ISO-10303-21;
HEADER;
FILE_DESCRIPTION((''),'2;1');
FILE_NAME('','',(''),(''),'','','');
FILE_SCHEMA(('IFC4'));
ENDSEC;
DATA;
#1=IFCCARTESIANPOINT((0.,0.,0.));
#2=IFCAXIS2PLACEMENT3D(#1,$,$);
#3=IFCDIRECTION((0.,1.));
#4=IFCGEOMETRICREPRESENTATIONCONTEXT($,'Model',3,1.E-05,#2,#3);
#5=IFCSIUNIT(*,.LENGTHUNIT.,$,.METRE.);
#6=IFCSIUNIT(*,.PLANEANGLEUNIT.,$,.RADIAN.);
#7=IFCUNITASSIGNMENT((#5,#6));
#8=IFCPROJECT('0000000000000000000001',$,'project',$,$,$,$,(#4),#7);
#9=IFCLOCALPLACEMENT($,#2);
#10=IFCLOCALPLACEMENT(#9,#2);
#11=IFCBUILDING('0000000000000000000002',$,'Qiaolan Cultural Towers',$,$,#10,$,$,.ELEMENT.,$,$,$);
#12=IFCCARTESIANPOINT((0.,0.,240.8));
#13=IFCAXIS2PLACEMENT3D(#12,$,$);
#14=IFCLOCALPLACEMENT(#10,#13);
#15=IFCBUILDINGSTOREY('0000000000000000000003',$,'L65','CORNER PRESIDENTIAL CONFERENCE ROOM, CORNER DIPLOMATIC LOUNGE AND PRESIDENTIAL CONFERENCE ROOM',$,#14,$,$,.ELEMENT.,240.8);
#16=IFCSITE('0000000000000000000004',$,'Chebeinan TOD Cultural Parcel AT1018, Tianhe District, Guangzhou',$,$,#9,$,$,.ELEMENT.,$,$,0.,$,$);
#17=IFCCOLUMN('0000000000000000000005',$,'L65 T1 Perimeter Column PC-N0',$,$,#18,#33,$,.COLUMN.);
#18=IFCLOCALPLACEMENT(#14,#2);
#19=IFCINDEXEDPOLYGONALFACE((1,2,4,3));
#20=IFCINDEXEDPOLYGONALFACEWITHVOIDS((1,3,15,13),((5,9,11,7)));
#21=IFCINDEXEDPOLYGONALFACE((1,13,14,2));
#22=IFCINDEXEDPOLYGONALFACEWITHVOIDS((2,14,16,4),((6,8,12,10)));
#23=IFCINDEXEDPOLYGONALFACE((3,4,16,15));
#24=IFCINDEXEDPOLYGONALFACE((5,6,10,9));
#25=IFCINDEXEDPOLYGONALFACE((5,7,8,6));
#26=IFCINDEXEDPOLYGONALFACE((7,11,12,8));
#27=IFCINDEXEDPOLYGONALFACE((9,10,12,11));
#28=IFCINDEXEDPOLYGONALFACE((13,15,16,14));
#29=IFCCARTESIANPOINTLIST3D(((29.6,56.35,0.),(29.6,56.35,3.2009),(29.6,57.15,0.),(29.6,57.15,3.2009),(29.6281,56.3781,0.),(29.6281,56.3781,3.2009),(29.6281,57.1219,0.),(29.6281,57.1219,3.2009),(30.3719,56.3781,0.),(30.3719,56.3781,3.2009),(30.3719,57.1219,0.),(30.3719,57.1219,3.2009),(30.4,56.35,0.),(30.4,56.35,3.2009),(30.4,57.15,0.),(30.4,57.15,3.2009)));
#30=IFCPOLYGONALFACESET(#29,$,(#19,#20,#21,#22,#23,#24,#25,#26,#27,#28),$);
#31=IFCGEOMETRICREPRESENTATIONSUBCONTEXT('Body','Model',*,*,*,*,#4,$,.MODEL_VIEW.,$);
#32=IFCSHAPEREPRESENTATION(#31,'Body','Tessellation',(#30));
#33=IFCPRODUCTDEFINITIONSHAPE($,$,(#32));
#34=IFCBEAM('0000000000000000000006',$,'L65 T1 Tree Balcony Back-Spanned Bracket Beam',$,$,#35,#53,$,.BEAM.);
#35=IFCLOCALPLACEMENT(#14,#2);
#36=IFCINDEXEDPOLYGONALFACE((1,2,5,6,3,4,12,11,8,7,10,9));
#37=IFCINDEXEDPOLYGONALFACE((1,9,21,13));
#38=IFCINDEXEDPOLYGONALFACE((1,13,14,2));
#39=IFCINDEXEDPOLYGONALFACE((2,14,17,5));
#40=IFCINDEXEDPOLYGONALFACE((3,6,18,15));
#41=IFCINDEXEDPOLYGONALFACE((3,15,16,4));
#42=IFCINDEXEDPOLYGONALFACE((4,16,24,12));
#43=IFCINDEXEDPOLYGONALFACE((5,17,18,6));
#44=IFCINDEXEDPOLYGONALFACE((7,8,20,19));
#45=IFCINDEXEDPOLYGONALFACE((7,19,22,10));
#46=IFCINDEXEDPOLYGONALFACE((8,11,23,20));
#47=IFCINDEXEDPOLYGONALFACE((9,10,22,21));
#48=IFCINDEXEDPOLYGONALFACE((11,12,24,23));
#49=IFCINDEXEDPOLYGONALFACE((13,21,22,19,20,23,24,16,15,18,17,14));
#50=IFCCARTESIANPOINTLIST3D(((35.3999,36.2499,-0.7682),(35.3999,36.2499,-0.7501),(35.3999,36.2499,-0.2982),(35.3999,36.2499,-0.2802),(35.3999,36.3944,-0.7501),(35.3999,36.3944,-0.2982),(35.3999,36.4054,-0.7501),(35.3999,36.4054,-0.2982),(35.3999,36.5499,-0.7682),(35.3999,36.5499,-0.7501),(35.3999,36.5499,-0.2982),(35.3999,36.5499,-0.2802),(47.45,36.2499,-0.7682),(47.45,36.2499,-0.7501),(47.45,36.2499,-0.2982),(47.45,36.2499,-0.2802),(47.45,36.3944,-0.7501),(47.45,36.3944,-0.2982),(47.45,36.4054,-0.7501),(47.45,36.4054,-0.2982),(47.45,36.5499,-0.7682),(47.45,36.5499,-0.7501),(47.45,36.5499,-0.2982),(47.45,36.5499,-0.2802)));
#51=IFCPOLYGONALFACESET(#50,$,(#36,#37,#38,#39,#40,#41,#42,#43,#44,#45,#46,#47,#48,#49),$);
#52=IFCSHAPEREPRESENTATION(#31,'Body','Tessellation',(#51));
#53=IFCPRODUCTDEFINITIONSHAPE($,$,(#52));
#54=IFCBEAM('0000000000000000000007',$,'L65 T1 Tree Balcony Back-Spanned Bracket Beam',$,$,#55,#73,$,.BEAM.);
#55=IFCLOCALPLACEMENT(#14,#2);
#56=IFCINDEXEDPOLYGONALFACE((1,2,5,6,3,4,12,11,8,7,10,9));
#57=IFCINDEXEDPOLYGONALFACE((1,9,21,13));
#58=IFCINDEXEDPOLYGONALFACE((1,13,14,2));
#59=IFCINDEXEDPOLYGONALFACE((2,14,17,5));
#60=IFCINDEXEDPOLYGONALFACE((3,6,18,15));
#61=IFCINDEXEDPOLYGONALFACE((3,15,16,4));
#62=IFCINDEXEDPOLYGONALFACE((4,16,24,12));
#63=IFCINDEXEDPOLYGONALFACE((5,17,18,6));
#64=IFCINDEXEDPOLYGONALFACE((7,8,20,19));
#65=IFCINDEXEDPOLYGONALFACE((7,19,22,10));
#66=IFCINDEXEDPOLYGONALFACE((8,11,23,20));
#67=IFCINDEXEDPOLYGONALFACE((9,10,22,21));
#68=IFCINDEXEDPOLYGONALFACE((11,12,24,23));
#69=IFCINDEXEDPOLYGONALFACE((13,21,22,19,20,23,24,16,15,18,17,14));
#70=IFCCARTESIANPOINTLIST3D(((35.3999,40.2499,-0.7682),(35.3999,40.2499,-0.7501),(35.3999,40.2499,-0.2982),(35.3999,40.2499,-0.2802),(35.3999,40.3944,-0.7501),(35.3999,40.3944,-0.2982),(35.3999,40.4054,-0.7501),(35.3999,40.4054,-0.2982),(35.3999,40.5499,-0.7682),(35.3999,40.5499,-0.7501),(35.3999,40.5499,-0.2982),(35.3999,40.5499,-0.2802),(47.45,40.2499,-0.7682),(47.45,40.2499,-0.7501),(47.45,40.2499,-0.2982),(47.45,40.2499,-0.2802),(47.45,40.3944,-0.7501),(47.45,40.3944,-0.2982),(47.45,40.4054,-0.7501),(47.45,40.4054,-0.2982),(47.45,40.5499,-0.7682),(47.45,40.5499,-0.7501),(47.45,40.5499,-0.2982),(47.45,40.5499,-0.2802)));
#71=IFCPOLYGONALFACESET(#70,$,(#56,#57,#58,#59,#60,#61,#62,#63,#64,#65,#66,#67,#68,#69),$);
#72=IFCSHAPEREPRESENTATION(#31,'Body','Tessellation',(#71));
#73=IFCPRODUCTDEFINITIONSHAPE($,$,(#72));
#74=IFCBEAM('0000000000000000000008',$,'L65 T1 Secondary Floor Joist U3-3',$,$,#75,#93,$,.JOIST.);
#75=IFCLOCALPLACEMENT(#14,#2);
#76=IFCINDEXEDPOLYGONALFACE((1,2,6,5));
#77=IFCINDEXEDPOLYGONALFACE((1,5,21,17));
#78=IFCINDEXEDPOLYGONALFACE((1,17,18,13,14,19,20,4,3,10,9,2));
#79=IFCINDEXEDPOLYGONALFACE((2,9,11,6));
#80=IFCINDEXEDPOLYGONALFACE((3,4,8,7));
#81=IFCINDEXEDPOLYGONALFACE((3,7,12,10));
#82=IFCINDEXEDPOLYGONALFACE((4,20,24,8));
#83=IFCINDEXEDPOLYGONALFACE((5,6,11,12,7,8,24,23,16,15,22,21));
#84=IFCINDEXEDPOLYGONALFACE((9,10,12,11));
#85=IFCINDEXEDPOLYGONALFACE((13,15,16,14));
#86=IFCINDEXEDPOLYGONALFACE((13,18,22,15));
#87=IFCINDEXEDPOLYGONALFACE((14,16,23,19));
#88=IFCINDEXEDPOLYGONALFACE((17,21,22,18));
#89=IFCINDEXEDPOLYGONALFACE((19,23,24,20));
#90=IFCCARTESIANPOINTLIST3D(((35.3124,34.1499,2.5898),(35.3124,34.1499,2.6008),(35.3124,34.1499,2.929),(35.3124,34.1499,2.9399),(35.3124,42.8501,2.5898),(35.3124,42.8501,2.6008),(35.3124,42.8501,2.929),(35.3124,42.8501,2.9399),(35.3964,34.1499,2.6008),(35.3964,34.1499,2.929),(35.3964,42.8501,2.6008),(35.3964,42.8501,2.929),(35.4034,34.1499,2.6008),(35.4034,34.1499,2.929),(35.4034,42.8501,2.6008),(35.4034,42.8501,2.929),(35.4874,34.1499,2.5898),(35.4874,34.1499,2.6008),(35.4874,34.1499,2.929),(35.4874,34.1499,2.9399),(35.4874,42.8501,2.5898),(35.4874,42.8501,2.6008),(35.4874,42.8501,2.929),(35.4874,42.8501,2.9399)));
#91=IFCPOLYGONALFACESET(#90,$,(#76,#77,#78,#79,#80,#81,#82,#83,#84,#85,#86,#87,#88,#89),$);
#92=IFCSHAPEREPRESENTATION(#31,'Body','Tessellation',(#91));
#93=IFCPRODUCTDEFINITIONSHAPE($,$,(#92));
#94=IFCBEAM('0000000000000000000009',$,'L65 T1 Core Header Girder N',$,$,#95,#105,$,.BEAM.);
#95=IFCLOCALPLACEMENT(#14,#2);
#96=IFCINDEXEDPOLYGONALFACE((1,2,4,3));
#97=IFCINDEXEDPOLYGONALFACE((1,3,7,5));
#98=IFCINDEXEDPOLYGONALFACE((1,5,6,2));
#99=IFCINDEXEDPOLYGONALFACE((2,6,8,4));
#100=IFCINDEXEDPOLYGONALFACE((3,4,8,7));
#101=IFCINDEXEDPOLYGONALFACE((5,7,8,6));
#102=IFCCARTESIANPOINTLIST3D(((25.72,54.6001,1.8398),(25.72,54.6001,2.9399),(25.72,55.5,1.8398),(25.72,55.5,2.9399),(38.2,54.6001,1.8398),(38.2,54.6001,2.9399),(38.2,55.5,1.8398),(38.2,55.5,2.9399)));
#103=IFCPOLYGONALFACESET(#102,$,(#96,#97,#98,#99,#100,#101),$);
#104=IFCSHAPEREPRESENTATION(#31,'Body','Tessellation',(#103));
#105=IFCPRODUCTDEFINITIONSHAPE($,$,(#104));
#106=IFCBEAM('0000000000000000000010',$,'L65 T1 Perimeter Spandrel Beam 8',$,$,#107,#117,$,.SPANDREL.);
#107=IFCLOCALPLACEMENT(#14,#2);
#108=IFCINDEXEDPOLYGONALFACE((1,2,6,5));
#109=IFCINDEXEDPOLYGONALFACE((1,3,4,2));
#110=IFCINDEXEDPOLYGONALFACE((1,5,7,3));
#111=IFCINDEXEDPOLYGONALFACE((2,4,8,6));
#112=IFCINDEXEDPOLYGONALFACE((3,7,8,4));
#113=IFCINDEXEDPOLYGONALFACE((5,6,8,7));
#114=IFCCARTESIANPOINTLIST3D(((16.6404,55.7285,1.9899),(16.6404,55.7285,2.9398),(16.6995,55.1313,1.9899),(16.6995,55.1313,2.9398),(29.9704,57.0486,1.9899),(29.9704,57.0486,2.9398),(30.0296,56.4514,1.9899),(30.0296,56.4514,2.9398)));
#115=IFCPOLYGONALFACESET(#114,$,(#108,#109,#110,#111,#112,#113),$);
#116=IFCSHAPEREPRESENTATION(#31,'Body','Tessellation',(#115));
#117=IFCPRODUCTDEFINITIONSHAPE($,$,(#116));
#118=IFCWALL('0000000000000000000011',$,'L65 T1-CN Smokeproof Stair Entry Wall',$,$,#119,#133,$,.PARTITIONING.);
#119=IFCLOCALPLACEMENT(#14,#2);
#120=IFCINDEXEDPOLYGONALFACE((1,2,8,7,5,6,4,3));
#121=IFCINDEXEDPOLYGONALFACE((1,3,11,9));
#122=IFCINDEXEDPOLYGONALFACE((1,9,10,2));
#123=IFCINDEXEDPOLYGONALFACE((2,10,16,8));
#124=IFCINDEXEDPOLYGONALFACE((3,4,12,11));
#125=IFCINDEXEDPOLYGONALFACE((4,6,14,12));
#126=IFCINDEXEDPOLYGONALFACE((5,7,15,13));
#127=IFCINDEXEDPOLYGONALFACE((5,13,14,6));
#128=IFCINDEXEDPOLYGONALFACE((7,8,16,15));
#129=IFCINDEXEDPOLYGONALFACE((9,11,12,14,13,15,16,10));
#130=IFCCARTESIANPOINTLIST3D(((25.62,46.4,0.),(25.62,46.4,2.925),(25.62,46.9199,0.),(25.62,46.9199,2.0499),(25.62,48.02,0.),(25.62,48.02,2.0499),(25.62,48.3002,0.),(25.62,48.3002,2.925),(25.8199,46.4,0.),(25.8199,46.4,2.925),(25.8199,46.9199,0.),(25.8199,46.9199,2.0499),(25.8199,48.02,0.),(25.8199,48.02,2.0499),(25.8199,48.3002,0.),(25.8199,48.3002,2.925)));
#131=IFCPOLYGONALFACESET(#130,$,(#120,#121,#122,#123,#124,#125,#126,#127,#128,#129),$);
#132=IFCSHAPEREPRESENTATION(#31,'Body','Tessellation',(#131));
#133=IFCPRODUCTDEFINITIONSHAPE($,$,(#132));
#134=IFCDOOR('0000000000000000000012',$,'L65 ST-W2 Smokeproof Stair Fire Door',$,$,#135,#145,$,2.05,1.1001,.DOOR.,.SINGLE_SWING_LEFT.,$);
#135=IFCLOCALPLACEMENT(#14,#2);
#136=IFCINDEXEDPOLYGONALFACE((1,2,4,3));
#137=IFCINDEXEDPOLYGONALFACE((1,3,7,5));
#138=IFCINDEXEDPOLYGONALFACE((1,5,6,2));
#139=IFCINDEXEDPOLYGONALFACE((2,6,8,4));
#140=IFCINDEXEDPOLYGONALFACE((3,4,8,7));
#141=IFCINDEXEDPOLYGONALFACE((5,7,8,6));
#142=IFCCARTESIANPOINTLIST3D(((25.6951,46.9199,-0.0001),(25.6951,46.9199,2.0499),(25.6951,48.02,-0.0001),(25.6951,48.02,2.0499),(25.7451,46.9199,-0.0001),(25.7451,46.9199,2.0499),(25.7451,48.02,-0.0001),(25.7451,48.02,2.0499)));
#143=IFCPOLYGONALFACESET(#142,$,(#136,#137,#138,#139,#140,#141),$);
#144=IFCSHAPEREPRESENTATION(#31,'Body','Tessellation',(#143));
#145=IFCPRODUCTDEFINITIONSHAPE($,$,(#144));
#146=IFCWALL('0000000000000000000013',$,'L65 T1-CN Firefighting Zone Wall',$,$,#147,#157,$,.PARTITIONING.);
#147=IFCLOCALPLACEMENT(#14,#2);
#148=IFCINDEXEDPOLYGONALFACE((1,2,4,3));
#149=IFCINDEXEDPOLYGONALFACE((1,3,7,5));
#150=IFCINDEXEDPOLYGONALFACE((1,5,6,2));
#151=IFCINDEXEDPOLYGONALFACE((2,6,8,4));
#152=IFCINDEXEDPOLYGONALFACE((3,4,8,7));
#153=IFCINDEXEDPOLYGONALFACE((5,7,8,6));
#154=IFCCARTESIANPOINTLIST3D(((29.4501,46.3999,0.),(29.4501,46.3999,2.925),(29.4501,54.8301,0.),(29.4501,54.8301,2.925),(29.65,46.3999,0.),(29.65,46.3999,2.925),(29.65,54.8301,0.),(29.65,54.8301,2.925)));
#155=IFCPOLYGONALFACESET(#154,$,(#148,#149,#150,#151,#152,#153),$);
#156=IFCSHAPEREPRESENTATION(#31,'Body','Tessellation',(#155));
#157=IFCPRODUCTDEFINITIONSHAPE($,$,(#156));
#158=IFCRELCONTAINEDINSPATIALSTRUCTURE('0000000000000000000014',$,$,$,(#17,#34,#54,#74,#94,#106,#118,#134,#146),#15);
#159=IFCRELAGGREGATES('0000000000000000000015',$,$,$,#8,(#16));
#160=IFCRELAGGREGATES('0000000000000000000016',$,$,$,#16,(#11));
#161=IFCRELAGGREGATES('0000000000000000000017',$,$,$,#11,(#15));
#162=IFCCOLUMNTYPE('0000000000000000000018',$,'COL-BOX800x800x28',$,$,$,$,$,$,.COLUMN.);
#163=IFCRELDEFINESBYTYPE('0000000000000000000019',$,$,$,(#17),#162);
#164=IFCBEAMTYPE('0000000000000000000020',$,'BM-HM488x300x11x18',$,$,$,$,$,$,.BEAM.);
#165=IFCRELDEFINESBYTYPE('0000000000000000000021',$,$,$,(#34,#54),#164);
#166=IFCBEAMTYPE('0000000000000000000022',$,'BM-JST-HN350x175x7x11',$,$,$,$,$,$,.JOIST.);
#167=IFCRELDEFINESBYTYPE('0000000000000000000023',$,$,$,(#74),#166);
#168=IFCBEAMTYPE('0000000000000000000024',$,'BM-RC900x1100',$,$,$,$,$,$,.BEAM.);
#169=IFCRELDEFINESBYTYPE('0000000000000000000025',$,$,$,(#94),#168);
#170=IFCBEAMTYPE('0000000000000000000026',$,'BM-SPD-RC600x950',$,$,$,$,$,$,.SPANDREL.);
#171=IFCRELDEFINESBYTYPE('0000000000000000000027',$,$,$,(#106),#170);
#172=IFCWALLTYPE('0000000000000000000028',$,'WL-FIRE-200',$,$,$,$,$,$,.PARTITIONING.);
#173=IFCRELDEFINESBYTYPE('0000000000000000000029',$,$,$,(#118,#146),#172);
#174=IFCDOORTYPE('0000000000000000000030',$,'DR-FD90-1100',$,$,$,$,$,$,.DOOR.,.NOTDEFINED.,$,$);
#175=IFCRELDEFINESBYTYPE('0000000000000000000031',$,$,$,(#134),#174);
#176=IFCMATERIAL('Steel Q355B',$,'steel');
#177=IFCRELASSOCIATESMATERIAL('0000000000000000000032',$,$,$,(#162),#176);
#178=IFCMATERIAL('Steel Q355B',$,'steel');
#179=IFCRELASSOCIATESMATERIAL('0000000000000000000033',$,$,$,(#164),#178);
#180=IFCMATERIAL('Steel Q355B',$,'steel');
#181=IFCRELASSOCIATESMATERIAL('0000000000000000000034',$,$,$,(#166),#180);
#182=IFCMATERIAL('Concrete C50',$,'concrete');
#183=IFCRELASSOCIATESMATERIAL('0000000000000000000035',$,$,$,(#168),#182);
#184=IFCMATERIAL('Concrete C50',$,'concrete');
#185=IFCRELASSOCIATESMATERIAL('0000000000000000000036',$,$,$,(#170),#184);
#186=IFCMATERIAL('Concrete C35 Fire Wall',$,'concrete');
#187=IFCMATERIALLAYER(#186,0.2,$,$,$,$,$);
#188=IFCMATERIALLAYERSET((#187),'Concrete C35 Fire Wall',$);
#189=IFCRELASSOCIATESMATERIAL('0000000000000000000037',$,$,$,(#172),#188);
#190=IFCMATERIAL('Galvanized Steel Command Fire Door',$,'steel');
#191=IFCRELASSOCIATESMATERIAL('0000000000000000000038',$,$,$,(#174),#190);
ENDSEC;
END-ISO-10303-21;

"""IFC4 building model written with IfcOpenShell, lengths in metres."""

from ifc_helpers import new_model, si_unit, direction, frame, frame_2d, origin, origin_2d, place, context, subcontext, project, spatial, rectangle, hollow_rectangle, i_section, extrude, material, layer, layer_set, material_profile, profile_set, type_object, element, fill, save


model = new_model("IFC4")

# Units and contexts
model_context = context("Model", 3, precision=1e-05, world=origin(), true_north=direction((0.0, 1.0)))
body_context = subcontext(model_context, "Body", "Model", "MODEL_VIEW")
ifc_project = project(units=[si_unit("LENGTHUNIT", "METRE"), si_unit("PLANEANGLEUNIT", "RADIAN")], contexts=[model_context])

# Site, building, storey
site_placement = place(None, origin())
site = spatial("IfcSite", under=ifc_project, at=site_placement, Name="Chebeinan TOD Cultural Parcel AT1018, Tianhe District, Guangzhou", CompositionType="ELEMENT", RefElevation=0.0)
building_placement = place(site_placement, origin())
building = spatial("IfcBuilding", under=site, at=building_placement, Name="Qiaolan Cultural Towers", CompositionType="ELEMENT")
storey_placement = place(building_placement, frame((0.0, 0.0, 240.8)))
storey = spatial("IfcBuildingStorey", under=building, at=storey_placement, Name="L65", Description="CORNER PRESIDENTIAL CONFERENCE ROOM, CORNER DIPLOMATIC LOUNGE AND PRESIDENTIAL CONFERENCE ROOM", CompositionType="ELEMENT", Elevation=240.8)

# Column
ifc_material_1 = material(Name="Steel Q355B", Category="steel")
ifc_material_profile_1 = material_profile(ifc_material_1, hollow_rectangle(XDim=0.8, YDim=0.8, WallThickness=0.0281, at=origin_2d()), Name="BOX800x800x28")
ifc_profile_set_1 = profile_set([ifc_material_profile_1], Name="Steel Q355B")
column_type = type_object("IfcColumnType", Name="COL-BOX800x800x28", PredefinedType="COLUMN", material=ifc_profile_set_1)
column_placement = place(storey_placement, frame((30.0, 56.75, 0.0), z_axis=(0.0, 0.0, 1.0), x_axis=(1.0, 0.0, 0.0)))
element("IfcColumn", 1, at=column_placement, inside=storey, type_object=column_type, Name="L65 T1 Perimeter Column PC-N0", PredefinedType="COLUMN", context=body_context, shape_type="SweptSolid", body=[
    extrude(hollow_rectangle(XDim=0.8, YDim=0.8, WallThickness=0.0281, at=origin_2d()), origin(), (0.0, 0.0, 1.0), 3.2009),
])

# Beams
ifc_material_2 = material(Name="Steel Q355B", Category="steel")
ifc_material_profile_2 = material_profile(ifc_material_2, i_section(OverallWidth=0.3, OverallDepth=0.488, WebThickness=0.011, FlangeThickness=0.0181, at=origin_2d()), Name="HM488x300x11x18")
ifc_profile_set_2 = profile_set([ifc_material_profile_2], Name="Steel Q355B")
beam_type_1 = type_object("IfcBeamType", Name="BM-HM488x300x11x18", PredefinedType="BEAM", material=ifc_profile_set_2)
for number, where, z_axis, x_axis, name in (
    (2, (35.3999, 36.3999, -0.5242), (1.0, 0.0, 0.0), (0.0, 1.0, 0.0), "L65 T1 Tree Balcony Back-Spanned Bracket Beam"),
    (3, (35.3999, 40.3999, -0.5242), (1.0, 0.0, 0.0), (0.0, 1.0, 0.0), "L65 T1 Tree Balcony Back-Spanned Bracket Beam"),
):
    element("IfcBeam", number, at=place(storey_placement, frame(where, z_axis=z_axis, x_axis=x_axis)), inside=storey, type_object=beam_type_1, Name=name, PredefinedType="BEAM", context=body_context, shape_type="SweptSolid", body=[
        extrude(i_section(OverallWidth=0.3, OverallDepth=0.488, WebThickness=0.011, FlangeThickness=0.0181, at=origin_2d()), origin(), (0.0, 0.0, 1.0), 12.05),
    ])
ifc_material_3 = material(Name="Steel Q355B", Category="steel")
ifc_material_profile_3 = material_profile(ifc_material_3, i_section(OverallWidth=0.175, OverallDepth=0.3501, WebThickness=0.0071, FlangeThickness=0.011, at=origin_2d()), Name="HN350x175x7x11")
ifc_profile_set_3 = profile_set([ifc_material_profile_3], Name="Steel Q355B")
beam_type_2 = type_object("IfcBeamType", Name="BM-JST-HN350x175x7x11", PredefinedType="JOIST", material=ifc_profile_set_3)
beam_1_placement = place(storey_placement, frame((35.3999, 34.1499, 2.7649), z_axis=(0.0, 1.0, 0.0), x_axis=(-1.0, 0.0, 0.0)))
element("IfcBeam", 4, at=beam_1_placement, inside=storey, type_object=beam_type_2, Name="L65 T1 Secondary Floor Joist U3-3", PredefinedType="JOIST", context=body_context, shape_type="SweptSolid", body=[
    extrude(i_section(OverallWidth=0.175, OverallDepth=0.3501, WebThickness=0.0071, FlangeThickness=0.011, at=origin_2d()), origin(), (0.0, 0.0, 1.0), 8.7002),
])
ifc_material_4 = material(Name="Concrete C50", Category="concrete")
ifc_material_profile_4 = material_profile(ifc_material_4, rectangle(XDim=0.8999, YDim=1.1001, at=origin_2d()), Name="RC900x1100")
ifc_profile_set_4 = profile_set([ifc_material_profile_4], Name="Concrete C50")
beam_type_3 = type_object("IfcBeamType", Name="BM-RC900x1100", PredefinedType="BEAM", material=ifc_profile_set_4)
beam_2_placement = place(storey_placement, frame((25.72, 55.05, 2.3899), z_axis=(1.0, 0.0, 0.0), x_axis=(0.0, 1.0, 0.0)))
element("IfcBeam", 5, at=beam_2_placement, inside=storey, type_object=beam_type_3, Name="L65 T1 Core Header Girder N", PredefinedType="BEAM", context=body_context, shape_type="SweptSolid", body=[
    extrude(rectangle(XDim=0.8999, YDim=1.1001, at=origin_2d()), origin(), (0.0, 0.0, 1.0), 12.48),
])
ifc_material_5 = material(Name="Concrete C50", Category="concrete")
ifc_material_profile_5 = material_profile(ifc_material_5, rectangle(XDim=0.6001, YDim=0.95, at=origin_2d()), Name="RC600x950")
ifc_profile_set_5 = profile_set([ifc_material_profile_5], Name="Concrete C50")
beam_type_4 = type_object("IfcBeamType", Name="BM-SPD-RC600x950", PredefinedType="SPANDREL", material=ifc_profile_set_5)
beam_3_placement = place(storey_placement, frame((30.0, 56.75, 2.4648), z_axis=(-0.995132, -0.098547, 0.0), x_axis=(0.098547, -0.995132, 0.0)))
element("IfcBeam", 6, at=beam_3_placement, inside=storey, type_object=beam_type_4, Name="L65 T1 Perimeter Spandrel Beam 8", PredefinedType="SPANDREL", context=body_context, shape_type="SweptSolid", body=[
    extrude(rectangle(XDim=0.6001, YDim=0.95, at=origin_2d()), origin(), (0.0, 0.0, 1.0), 13.3953),
])

# Wall, opening, door
ifc_material_6 = material(Name="Concrete C35 Fire Wall", Category="concrete")
ifc_layer_1 = layer(ifc_material_6, 0.2)
ifc_layer_set_1 = layer_set([ifc_layer_1], Name="Concrete C35 Fire Wall")
wall_type_1 = type_object("IfcWallType", Name="WL-FIRE-200", PredefinedType="PARTITIONING", material=ifc_layer_set_1)
wall_1_placement = place(storey_placement, frame((25.72, 46.3999, 0.0), z_axis=(0.0, 0.0, 1.0), x_axis=(0.0, 1.0, 0.0)))
wall_1 = element("IfcWall", 7, at=wall_1_placement, inside=storey, type_object=wall_type_1, Name="L65 T1-CN Smokeproof Stair Entry Wall", PredefinedType="PARTITIONING", context=body_context, shape_type="SweptSolid", body=[
    extrude(rectangle(XDim=1.9001, YDim=0.2, at=frame_2d((0.9502, 0.0))), origin(), (0.0, 0.0, 1.0), 2.925),
])
opening_1_placement = place(wall_1_placement, frame((0.52, 0.0, 0.0)))
opening_1 = element("IfcOpeningElement", 8, at=opening_1_placement, cuts=wall_1, PredefinedType="OPENING", context=body_context, shape_type="SweptSolid", body=[
    extrude(rectangle(XDim=1.1001, YDim=2.05, at=frame_2d((0.55, 1.0249))), frame((0.0, 0.1099, 0.0), z_axis=(0.0, -1.0, 0.0), x_axis=(1.0, 0.0, 0.0)), (0.0, 0.0, 1.0), 0.22),
])
ifc_material_7 = material(Name="Galvanized Steel Command Fire Door", Category="steel")
door_type_1 = type_object("IfcDoorType", Name="DR-FD90-1100", OperationType="NOTDEFINED", PredefinedType="DOOR", material=ifc_material_7)
door_1_placement = place(opening_1_placement, origin())
door_1 = element("IfcDoor", 9, at=door_1_placement, inside=storey, type_object=door_type_1, Name="L65 ST-W2 Smokeproof Stair Fire Door", OperationType="SINGLE_SWING_LEFT", OverallHeight=2.05, OverallWidth=1.1001, PredefinedType="DOOR", context=body_context, shape_type="SweptSolid", body=[
    extrude(rectangle(XDim=1.1001, YDim=2.05, at=frame_2d((0.55, 1.0249))), frame((0.0, 0.0249, 0.0), z_axis=(0.0, -1.0, 0.0), x_axis=(1.0, 0.0, 0.0)), (0.0, 0.0, 1.0), 0.05),
])
fill(opening_1, door_1)

# Wall
wall_2_placement = place(storey_placement, frame((29.55, 46.3999, 0.0), z_axis=(0.0, 0.0, 1.0), x_axis=(0.0, 1.0, 0.0)))
element("IfcWall", 10, at=wall_2_placement, inside=storey, type_object=wall_type_1, Name="L65 T1-CN Firefighting Zone Wall", PredefinedType="PARTITIONING", context=body_context, shape_type="SweptSolid", body=[
    extrude(rectangle(XDim=8.4302, YDim=0.2, at=frame_2d((4.2151, 0.0))), origin(), (0.0, 0.0, 1.0), 2.925),
])

save(model, "model.ifc")
